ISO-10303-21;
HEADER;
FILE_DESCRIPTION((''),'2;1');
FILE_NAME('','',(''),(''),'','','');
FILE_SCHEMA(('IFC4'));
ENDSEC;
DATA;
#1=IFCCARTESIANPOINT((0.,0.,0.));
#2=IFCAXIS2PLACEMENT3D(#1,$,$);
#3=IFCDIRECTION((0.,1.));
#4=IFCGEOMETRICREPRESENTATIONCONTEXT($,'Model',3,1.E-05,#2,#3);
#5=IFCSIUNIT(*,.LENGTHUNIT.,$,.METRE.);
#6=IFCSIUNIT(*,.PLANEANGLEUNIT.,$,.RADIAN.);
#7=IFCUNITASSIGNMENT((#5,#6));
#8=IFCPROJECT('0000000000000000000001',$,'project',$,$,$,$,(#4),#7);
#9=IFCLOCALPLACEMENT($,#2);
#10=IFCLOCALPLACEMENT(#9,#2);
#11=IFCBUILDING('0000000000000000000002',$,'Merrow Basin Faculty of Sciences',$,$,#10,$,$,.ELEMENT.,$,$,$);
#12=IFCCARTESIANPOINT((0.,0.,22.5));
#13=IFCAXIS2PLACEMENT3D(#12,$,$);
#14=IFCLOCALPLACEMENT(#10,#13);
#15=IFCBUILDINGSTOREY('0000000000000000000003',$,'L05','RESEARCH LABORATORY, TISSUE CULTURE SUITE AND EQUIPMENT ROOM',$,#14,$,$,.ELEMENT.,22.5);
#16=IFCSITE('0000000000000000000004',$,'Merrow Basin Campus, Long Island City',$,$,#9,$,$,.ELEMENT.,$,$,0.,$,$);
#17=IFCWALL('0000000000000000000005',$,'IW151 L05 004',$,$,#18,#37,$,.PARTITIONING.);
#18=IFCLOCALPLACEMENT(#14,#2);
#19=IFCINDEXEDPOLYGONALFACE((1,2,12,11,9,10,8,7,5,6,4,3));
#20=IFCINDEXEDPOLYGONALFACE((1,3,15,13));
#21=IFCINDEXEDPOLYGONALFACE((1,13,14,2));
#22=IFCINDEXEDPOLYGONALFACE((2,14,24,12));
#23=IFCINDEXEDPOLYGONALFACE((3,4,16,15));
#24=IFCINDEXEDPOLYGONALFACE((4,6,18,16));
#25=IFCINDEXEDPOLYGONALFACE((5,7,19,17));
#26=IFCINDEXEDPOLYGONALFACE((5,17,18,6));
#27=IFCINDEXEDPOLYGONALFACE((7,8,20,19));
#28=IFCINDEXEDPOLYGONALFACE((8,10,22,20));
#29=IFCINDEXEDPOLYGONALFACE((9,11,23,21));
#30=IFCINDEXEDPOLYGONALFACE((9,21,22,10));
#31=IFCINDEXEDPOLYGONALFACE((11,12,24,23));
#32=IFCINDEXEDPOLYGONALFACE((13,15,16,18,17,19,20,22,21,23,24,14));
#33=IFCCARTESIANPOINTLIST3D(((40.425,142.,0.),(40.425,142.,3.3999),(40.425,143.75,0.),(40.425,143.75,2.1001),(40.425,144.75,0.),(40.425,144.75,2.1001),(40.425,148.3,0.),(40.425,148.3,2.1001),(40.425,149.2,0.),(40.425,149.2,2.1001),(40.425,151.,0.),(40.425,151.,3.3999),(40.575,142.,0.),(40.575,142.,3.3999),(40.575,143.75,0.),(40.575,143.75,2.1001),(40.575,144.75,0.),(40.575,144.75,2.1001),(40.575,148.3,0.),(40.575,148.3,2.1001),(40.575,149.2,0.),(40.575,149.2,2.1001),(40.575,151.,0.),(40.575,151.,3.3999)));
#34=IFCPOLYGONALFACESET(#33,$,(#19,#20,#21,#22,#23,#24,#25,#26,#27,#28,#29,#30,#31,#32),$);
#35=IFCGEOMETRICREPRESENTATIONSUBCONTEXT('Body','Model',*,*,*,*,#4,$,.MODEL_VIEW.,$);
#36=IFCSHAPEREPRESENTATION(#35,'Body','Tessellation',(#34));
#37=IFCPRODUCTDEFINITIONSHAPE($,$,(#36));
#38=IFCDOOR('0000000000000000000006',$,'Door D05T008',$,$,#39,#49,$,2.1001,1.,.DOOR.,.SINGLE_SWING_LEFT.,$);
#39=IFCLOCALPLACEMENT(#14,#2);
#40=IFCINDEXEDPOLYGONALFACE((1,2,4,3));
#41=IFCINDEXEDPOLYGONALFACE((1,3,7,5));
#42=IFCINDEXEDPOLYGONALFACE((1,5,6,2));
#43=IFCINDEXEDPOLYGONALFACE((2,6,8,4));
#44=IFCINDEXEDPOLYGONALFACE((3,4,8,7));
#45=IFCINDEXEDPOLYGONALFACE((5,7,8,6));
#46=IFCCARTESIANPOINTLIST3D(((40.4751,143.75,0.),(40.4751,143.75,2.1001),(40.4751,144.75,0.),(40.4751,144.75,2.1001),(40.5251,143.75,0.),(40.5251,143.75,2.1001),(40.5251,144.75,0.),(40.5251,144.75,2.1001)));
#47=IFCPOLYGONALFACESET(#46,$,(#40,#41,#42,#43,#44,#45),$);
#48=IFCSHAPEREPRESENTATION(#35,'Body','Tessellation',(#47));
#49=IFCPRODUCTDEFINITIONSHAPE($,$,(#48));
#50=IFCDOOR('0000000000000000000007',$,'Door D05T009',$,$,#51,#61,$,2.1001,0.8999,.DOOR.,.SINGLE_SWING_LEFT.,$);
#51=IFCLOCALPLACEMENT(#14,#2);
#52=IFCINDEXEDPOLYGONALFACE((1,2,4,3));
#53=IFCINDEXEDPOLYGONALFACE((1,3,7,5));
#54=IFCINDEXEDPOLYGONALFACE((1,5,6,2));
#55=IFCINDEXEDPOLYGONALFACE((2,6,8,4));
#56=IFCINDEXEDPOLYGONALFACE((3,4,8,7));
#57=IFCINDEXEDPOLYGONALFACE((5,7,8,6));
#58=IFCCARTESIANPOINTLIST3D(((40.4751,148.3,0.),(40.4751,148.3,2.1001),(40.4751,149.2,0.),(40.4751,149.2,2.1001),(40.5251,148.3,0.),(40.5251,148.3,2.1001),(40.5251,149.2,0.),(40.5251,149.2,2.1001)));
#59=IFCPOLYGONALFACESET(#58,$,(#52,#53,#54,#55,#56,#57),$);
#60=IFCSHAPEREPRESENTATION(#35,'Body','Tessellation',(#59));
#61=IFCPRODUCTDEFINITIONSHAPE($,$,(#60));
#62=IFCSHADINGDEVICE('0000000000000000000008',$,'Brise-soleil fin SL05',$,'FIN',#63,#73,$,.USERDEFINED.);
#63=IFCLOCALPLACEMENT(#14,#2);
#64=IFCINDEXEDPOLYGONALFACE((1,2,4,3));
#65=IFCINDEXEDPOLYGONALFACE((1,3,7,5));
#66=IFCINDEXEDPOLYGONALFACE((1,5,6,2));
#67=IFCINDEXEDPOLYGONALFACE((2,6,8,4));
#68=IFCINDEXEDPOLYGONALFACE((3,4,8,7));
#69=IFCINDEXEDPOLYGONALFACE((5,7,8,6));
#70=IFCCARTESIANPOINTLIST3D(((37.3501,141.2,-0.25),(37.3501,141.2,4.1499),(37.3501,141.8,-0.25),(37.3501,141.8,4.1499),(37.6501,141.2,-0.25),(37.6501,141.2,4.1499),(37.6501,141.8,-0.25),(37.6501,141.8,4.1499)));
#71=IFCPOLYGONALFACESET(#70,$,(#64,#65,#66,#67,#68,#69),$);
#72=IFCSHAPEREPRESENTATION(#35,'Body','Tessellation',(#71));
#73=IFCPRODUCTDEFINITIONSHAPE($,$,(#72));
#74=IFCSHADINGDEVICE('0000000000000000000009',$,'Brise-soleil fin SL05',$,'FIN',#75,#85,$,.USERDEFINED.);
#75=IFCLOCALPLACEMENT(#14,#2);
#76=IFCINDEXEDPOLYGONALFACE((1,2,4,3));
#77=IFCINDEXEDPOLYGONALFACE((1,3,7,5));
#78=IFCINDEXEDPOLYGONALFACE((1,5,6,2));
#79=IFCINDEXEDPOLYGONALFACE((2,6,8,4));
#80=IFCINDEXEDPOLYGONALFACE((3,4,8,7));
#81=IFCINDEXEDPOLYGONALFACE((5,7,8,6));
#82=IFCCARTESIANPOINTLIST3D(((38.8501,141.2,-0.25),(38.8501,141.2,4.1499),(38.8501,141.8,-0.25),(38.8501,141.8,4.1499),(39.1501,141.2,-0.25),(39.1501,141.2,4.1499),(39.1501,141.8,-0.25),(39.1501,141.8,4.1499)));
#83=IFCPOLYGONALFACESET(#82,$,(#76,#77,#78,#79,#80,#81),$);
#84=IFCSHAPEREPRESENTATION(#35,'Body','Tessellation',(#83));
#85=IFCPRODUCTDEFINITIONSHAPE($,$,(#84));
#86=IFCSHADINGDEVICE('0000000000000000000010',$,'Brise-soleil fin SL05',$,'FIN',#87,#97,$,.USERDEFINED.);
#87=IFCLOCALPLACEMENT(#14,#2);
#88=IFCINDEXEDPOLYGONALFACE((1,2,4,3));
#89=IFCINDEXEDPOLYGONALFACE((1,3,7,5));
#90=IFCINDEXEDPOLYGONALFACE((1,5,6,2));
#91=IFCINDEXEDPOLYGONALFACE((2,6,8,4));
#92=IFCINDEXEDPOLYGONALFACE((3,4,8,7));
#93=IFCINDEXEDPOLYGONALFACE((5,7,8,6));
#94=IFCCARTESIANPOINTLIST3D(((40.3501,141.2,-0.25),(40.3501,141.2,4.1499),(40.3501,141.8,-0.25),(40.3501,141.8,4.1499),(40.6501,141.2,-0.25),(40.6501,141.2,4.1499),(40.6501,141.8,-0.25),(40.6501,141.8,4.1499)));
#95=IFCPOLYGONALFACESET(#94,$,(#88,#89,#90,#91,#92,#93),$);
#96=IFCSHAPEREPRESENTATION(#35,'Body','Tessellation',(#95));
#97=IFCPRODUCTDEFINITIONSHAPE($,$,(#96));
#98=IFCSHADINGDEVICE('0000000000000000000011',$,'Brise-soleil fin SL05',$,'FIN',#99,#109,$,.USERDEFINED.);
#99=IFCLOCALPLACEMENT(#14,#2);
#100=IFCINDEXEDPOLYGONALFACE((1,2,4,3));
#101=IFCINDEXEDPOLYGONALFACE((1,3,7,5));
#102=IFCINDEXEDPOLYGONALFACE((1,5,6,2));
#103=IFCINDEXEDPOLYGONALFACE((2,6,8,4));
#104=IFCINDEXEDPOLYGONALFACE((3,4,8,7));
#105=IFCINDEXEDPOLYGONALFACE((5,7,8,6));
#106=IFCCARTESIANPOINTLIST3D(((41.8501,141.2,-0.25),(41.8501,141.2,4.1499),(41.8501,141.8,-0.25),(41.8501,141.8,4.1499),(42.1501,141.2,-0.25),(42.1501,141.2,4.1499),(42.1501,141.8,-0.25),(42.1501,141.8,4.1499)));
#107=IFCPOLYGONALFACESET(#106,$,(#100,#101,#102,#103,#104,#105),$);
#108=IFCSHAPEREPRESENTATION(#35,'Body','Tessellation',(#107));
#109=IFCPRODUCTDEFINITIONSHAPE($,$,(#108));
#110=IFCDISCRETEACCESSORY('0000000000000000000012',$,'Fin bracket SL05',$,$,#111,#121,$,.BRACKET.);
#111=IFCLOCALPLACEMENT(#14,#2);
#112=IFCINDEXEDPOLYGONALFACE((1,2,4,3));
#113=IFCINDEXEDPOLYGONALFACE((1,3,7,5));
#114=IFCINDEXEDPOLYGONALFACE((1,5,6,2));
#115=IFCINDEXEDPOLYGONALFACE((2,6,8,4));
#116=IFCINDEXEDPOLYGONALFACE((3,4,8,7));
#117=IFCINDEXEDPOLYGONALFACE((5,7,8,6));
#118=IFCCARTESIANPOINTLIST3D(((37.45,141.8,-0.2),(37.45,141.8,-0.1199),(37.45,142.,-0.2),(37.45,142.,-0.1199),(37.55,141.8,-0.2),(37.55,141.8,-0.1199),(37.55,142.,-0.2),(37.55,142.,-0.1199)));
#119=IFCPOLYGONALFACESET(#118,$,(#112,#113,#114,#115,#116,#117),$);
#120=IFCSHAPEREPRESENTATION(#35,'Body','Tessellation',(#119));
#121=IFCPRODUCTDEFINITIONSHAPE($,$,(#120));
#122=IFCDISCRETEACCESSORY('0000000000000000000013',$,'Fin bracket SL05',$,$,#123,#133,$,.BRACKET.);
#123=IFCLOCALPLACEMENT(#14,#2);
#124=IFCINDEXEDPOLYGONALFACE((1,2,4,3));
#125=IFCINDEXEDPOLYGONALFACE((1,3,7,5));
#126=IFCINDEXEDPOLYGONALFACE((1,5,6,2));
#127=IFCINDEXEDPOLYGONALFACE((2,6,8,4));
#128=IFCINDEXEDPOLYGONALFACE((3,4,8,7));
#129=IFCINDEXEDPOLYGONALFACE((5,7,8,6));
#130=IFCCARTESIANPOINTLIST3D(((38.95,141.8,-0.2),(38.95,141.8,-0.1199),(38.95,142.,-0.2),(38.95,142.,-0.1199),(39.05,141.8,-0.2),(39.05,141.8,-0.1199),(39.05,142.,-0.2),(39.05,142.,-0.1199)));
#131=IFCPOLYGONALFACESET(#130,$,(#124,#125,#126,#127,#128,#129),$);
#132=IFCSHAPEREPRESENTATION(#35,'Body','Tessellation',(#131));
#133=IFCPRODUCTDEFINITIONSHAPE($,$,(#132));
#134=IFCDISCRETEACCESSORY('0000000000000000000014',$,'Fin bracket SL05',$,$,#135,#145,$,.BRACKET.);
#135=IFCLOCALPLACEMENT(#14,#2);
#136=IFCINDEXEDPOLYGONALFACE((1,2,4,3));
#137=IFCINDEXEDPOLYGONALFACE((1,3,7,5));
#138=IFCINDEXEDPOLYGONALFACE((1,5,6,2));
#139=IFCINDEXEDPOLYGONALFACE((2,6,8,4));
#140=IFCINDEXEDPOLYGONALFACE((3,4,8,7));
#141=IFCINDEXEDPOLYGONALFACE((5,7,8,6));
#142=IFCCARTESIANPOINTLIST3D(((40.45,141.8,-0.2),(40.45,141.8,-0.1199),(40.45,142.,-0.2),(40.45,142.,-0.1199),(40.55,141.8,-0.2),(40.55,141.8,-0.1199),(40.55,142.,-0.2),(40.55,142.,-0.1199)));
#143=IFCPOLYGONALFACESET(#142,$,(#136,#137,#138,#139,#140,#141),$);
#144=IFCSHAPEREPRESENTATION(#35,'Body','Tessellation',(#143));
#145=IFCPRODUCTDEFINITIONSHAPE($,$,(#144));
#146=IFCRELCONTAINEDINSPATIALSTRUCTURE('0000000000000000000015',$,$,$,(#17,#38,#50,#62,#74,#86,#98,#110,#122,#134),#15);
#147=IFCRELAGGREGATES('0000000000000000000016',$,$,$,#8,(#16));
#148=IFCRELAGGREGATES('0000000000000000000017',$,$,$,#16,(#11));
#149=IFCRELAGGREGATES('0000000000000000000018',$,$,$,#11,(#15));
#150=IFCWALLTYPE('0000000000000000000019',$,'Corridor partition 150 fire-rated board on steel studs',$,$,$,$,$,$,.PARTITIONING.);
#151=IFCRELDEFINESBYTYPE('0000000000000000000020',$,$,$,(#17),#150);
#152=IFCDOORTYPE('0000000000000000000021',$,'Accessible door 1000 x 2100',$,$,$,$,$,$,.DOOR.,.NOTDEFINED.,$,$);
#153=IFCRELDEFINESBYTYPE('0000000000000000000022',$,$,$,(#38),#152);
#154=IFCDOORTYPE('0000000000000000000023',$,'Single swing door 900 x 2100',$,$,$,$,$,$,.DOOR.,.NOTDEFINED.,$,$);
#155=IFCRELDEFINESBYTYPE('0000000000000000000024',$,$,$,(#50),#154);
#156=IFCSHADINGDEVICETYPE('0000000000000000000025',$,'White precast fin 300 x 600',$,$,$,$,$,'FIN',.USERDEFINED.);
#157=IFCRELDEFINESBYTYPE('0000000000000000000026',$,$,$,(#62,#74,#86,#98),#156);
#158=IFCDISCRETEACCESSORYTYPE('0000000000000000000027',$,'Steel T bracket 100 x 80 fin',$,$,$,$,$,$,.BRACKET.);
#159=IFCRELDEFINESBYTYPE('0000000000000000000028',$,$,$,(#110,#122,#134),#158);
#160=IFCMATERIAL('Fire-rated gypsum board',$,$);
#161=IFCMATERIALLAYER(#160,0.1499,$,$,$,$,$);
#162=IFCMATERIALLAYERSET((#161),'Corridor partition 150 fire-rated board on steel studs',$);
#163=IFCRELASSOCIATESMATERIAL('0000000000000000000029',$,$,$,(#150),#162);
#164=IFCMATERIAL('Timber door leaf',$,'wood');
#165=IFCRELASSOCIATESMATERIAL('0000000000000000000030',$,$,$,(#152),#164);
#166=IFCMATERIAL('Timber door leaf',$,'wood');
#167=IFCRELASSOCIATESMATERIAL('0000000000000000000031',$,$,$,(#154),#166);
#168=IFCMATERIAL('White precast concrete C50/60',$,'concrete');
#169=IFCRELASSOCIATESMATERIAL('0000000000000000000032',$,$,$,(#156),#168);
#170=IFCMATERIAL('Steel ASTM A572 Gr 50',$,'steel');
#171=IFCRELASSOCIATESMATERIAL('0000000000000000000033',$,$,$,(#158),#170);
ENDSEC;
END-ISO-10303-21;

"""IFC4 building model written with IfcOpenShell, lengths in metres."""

from ifc_helpers import new_model, si_unit, direction, frame, frame_2d, origin, place, context, subcontext, project, spatial, polyline, rectangle, outline, extrude, source, transform, mapped, material, layer, layer_set, type_object, element, fill, save


model = new_model("IFC4")

# Units and contexts
model_context = context("Model", 3, precision=1e-05, world=origin(), true_north=direction((0.0, 1.0)))
body_context = subcontext(model_context, "Body", "Model", "MODEL_VIEW")
ifc_project = project(units=[si_unit("LENGTHUNIT", "METRE"), si_unit("PLANEANGLEUNIT", "RADIAN")], contexts=[model_context])

# Site, building, storey
site_placement = place(None, origin())
site = spatial("IfcSite", under=ifc_project, at=site_placement, Name="Merrow Basin Campus, Long Island City", CompositionType="ELEMENT", RefElevation=0.0)
building_placement = place(site_placement, origin())
building = spatial("IfcBuilding", under=site, at=building_placement, Name="Merrow Basin Faculty of Sciences", CompositionType="ELEMENT")
storey_placement = place(building_placement, frame((0.0, 0.0, 22.5)))
storey = spatial("IfcBuildingStorey", under=building, at=storey_placement, Name="L05", Description="RESEARCH LABORATORY, TISSUE CULTURE SUITE AND EQUIPMENT ROOM", CompositionType="ELEMENT", Elevation=22.5)

# Wall, openings, doors
ifc_material_1 = material(Name="Fire-rated gypsum board")
ifc_layer_1 = layer(ifc_material_1, 0.1499)
ifc_layer_set_1 = layer_set([ifc_layer_1], Name="Corridor partition 150 fire-rated board on steel studs")
wall_type = type_object("IfcWallType", Name="Corridor partition 150 fire-rated board on steel studs", PredefinedType="PARTITIONING", material=ifc_layer_set_1)
wall_placement = place(storey_placement, frame((40.5, 142.0, 0.0), z_axis=(0.0, 0.0, 1.0), x_axis=(0.0, 1.0, 0.0)))
wall = element("IfcWall", 1, at=wall_placement, inside=storey, type_object=wall_type, Name="IW151 L05 004", PredefinedType="PARTITIONING", context=body_context, shape_type="SweptSolid", body=[
    extrude(rectangle(XDim=9.0, YDim=0.1499, at=frame_2d((4.5, 0.0))), origin(), (0.0, 0.0, 1.0), 3.3999),
])
opening_1_placement = place(wall_placement, frame((1.75, 0.0, 0.0)))
opening_1 = element("IfcOpeningElement", 2, at=opening_1_placement, cuts=wall, PredefinedType="OPENING", context=body_context, shape_type="SweptSolid", body=[
    extrude(rectangle(XDim=1.0, YDim=2.1001, at=frame_2d((0.5, 1.05))), frame((0.0, 0.085, 0.0), z_axis=(0.0, -1.0, 0.0), x_axis=(1.0, 0.0, 0.0)), (0.0, 0.0, 1.0), 0.1699),
])
opening_2_placement = place(wall_placement, frame((6.3, 0.0, 0.0)))
opening_2 = element("IfcOpeningElement", 3, at=opening_2_placement, cuts=wall, PredefinedType="OPENING", context=body_context, shape_type="SweptSolid", body=[
    extrude(rectangle(XDim=0.8999, YDim=2.1001, at=frame_2d((0.45, 1.05))), frame((0.0, 0.085, 0.0), z_axis=(0.0, -1.0, 0.0), x_axis=(1.0, 0.0, 0.0)), (0.0, 0.0, 1.0), 0.1699),
])
ifc_material_2 = material(Name="Timber door leaf", Category="wood")
door_type_1 = type_object("IfcDoorType", Name="Accessible door 1000 x 2100", OperationType="NOTDEFINED", PredefinedType="DOOR", material=ifc_material_2)
door_1_placement = place(opening_1_placement, origin())
door_1 = element("IfcDoor", 4, at=door_1_placement, inside=storey, type_object=door_type_1, Name="Door D05T008", OperationType="SINGLE_SWING_LEFT", OverallHeight=2.1001, OverallWidth=1.0, PredefinedType="DOOR", context=body_context, shape_type="SweptSolid", body=[
    extrude(rectangle(XDim=1.0, YDim=2.1001, at=frame_2d((0.5, 1.05))), frame((0.0, 0.0249, 0.0), z_axis=(0.0, -1.0, 0.0), x_axis=(1.0, 0.0, 0.0)), (0.0, 0.0, 1.0), 0.05),
])
fill(opening_1, door_1)
ifc_material_3 = material(Name="Timber door leaf", Category="wood")
door_type_2 = type_object("IfcDoorType", Name="Single swing door 900 x 2100", OperationType="NOTDEFINED", PredefinedType="DOOR", material=ifc_material_3)
door_2_placement = place(opening_2_placement, origin())
door_2 = element("IfcDoor", 5, at=door_2_placement, inside=storey, type_object=door_type_2, Name="Door D05T009", OperationType="SINGLE_SWING_LEFT", OverallHeight=2.1001, OverallWidth=0.8999, PredefinedType="DOOR", context=body_context, shape_type="SweptSolid", body=[
    extrude(rectangle(XDim=0.8999, YDim=2.1001, at=frame_2d((0.45, 1.05))), frame((0.0, 0.0249, 0.0), z_axis=(0.0, -1.0, 0.0), x_axis=(1.0, 0.0, 0.0)), (0.0, 0.0, 1.0), 0.05),
])
fill(opening_2, door_2)

# Shading devices
ifc_material_4 = material(Name="White precast concrete C50/60", Category="concrete")
shading_device_type = type_object("IfcShadingDeviceType", Name="White precast fin 300 x 600", ElementType="FIN", PredefinedType="USERDEFINED", material=ifc_material_4)
shared_shape_1 = source(origin(), body_context, "Body", "SweptSolid", [
    extrude(outline(polyline([(0.0, 0.0), (0.3, 0.0), (0.3, 4.3999), (0.0, 4.3999), (0.0, 0.0)])), origin(), (0.0, 0.0, 1.0), 0.6001),
])
for number, where, z_axis, x_axis, name in (
    (6, (37.3501, 141.8, -0.25), (0.0, -1.0, 0.0), (1.0, 0.0, 0.0), "Brise-soleil fin SL05"),
    (7, (38.8501, 141.8, -0.25), (0.0, -1.0, 0.0), (1.0, 0.0, 0.0), "Brise-soleil fin SL05"),
    (8, (40.3501, 141.8, -0.25), (0.0, -1.0, 0.0), (1.0, 0.0, 0.0), "Brise-soleil fin SL05"),
    (9, (41.8501, 141.8, -0.25), (0.0, -1.0, 0.0), (1.0, 0.0, 0.0), "Brise-soleil fin SL05"),
):
    element("IfcShadingDevice", number, at=place(storey_placement, frame(where, z_axis=z_axis, x_axis=x_axis)), inside=storey, type_object=shading_device_type, Name=name, ObjectType="FIN", PredefinedType="USERDEFINED", context=body_context, shape_type="MappedRepresentation", body=[
        mapped(shared_shape_1, transform((0.0, 0.0, 0.0), scale=1.0)),
    ])

# Discrete accessories
ifc_material_5 = material(Name="Steel ASTM A572 Gr 50", Category="steel")
discrete_accessory_type = type_object("IfcDiscreteAccessoryType", Name="Steel T bracket 100 x 80 fin", PredefinedType="BRACKET", material=ifc_material_5)
shared_shape_2 = source(origin(), body_context, "Body", "SweptSolid", [
    extrude(outline(polyline([(0.0, 0.0), (0.1001, 0.0), (0.1001, 0.0801), (0.0, 0.0801), (0.0, 0.0)])), origin(), (0.0, 0.0, 1.0), 0.2),
])
for number, where, z_axis, x_axis, name in (
    (10, (37.45, 142.0, -0.2), (0.0, -1.0, 0.0), (1.0, 0.0, 0.0), "Fin bracket SL05"),
    (11, (38.95, 142.0, -0.2), (0.0, -1.0, 0.0), (1.0, 0.0, 0.0), "Fin bracket SL05"),
    (12, (40.45, 142.0, -0.2), (0.0, -1.0, 0.0), (1.0, 0.0, 0.0), "Fin bracket SL05"),
):
    element("IfcDiscreteAccessory", number, at=place(storey_placement, frame(where, z_axis=z_axis, x_axis=x_axis)), inside=storey, type_object=discrete_accessory_type, Name=name, PredefinedType="BRACKET", context=body_context, shape_type="MappedRepresentation", body=[
        mapped(shared_shape_2, transform((0.0, 0.0, 0.0), scale=1.0)),
    ])

save(model, "model.ifc")
